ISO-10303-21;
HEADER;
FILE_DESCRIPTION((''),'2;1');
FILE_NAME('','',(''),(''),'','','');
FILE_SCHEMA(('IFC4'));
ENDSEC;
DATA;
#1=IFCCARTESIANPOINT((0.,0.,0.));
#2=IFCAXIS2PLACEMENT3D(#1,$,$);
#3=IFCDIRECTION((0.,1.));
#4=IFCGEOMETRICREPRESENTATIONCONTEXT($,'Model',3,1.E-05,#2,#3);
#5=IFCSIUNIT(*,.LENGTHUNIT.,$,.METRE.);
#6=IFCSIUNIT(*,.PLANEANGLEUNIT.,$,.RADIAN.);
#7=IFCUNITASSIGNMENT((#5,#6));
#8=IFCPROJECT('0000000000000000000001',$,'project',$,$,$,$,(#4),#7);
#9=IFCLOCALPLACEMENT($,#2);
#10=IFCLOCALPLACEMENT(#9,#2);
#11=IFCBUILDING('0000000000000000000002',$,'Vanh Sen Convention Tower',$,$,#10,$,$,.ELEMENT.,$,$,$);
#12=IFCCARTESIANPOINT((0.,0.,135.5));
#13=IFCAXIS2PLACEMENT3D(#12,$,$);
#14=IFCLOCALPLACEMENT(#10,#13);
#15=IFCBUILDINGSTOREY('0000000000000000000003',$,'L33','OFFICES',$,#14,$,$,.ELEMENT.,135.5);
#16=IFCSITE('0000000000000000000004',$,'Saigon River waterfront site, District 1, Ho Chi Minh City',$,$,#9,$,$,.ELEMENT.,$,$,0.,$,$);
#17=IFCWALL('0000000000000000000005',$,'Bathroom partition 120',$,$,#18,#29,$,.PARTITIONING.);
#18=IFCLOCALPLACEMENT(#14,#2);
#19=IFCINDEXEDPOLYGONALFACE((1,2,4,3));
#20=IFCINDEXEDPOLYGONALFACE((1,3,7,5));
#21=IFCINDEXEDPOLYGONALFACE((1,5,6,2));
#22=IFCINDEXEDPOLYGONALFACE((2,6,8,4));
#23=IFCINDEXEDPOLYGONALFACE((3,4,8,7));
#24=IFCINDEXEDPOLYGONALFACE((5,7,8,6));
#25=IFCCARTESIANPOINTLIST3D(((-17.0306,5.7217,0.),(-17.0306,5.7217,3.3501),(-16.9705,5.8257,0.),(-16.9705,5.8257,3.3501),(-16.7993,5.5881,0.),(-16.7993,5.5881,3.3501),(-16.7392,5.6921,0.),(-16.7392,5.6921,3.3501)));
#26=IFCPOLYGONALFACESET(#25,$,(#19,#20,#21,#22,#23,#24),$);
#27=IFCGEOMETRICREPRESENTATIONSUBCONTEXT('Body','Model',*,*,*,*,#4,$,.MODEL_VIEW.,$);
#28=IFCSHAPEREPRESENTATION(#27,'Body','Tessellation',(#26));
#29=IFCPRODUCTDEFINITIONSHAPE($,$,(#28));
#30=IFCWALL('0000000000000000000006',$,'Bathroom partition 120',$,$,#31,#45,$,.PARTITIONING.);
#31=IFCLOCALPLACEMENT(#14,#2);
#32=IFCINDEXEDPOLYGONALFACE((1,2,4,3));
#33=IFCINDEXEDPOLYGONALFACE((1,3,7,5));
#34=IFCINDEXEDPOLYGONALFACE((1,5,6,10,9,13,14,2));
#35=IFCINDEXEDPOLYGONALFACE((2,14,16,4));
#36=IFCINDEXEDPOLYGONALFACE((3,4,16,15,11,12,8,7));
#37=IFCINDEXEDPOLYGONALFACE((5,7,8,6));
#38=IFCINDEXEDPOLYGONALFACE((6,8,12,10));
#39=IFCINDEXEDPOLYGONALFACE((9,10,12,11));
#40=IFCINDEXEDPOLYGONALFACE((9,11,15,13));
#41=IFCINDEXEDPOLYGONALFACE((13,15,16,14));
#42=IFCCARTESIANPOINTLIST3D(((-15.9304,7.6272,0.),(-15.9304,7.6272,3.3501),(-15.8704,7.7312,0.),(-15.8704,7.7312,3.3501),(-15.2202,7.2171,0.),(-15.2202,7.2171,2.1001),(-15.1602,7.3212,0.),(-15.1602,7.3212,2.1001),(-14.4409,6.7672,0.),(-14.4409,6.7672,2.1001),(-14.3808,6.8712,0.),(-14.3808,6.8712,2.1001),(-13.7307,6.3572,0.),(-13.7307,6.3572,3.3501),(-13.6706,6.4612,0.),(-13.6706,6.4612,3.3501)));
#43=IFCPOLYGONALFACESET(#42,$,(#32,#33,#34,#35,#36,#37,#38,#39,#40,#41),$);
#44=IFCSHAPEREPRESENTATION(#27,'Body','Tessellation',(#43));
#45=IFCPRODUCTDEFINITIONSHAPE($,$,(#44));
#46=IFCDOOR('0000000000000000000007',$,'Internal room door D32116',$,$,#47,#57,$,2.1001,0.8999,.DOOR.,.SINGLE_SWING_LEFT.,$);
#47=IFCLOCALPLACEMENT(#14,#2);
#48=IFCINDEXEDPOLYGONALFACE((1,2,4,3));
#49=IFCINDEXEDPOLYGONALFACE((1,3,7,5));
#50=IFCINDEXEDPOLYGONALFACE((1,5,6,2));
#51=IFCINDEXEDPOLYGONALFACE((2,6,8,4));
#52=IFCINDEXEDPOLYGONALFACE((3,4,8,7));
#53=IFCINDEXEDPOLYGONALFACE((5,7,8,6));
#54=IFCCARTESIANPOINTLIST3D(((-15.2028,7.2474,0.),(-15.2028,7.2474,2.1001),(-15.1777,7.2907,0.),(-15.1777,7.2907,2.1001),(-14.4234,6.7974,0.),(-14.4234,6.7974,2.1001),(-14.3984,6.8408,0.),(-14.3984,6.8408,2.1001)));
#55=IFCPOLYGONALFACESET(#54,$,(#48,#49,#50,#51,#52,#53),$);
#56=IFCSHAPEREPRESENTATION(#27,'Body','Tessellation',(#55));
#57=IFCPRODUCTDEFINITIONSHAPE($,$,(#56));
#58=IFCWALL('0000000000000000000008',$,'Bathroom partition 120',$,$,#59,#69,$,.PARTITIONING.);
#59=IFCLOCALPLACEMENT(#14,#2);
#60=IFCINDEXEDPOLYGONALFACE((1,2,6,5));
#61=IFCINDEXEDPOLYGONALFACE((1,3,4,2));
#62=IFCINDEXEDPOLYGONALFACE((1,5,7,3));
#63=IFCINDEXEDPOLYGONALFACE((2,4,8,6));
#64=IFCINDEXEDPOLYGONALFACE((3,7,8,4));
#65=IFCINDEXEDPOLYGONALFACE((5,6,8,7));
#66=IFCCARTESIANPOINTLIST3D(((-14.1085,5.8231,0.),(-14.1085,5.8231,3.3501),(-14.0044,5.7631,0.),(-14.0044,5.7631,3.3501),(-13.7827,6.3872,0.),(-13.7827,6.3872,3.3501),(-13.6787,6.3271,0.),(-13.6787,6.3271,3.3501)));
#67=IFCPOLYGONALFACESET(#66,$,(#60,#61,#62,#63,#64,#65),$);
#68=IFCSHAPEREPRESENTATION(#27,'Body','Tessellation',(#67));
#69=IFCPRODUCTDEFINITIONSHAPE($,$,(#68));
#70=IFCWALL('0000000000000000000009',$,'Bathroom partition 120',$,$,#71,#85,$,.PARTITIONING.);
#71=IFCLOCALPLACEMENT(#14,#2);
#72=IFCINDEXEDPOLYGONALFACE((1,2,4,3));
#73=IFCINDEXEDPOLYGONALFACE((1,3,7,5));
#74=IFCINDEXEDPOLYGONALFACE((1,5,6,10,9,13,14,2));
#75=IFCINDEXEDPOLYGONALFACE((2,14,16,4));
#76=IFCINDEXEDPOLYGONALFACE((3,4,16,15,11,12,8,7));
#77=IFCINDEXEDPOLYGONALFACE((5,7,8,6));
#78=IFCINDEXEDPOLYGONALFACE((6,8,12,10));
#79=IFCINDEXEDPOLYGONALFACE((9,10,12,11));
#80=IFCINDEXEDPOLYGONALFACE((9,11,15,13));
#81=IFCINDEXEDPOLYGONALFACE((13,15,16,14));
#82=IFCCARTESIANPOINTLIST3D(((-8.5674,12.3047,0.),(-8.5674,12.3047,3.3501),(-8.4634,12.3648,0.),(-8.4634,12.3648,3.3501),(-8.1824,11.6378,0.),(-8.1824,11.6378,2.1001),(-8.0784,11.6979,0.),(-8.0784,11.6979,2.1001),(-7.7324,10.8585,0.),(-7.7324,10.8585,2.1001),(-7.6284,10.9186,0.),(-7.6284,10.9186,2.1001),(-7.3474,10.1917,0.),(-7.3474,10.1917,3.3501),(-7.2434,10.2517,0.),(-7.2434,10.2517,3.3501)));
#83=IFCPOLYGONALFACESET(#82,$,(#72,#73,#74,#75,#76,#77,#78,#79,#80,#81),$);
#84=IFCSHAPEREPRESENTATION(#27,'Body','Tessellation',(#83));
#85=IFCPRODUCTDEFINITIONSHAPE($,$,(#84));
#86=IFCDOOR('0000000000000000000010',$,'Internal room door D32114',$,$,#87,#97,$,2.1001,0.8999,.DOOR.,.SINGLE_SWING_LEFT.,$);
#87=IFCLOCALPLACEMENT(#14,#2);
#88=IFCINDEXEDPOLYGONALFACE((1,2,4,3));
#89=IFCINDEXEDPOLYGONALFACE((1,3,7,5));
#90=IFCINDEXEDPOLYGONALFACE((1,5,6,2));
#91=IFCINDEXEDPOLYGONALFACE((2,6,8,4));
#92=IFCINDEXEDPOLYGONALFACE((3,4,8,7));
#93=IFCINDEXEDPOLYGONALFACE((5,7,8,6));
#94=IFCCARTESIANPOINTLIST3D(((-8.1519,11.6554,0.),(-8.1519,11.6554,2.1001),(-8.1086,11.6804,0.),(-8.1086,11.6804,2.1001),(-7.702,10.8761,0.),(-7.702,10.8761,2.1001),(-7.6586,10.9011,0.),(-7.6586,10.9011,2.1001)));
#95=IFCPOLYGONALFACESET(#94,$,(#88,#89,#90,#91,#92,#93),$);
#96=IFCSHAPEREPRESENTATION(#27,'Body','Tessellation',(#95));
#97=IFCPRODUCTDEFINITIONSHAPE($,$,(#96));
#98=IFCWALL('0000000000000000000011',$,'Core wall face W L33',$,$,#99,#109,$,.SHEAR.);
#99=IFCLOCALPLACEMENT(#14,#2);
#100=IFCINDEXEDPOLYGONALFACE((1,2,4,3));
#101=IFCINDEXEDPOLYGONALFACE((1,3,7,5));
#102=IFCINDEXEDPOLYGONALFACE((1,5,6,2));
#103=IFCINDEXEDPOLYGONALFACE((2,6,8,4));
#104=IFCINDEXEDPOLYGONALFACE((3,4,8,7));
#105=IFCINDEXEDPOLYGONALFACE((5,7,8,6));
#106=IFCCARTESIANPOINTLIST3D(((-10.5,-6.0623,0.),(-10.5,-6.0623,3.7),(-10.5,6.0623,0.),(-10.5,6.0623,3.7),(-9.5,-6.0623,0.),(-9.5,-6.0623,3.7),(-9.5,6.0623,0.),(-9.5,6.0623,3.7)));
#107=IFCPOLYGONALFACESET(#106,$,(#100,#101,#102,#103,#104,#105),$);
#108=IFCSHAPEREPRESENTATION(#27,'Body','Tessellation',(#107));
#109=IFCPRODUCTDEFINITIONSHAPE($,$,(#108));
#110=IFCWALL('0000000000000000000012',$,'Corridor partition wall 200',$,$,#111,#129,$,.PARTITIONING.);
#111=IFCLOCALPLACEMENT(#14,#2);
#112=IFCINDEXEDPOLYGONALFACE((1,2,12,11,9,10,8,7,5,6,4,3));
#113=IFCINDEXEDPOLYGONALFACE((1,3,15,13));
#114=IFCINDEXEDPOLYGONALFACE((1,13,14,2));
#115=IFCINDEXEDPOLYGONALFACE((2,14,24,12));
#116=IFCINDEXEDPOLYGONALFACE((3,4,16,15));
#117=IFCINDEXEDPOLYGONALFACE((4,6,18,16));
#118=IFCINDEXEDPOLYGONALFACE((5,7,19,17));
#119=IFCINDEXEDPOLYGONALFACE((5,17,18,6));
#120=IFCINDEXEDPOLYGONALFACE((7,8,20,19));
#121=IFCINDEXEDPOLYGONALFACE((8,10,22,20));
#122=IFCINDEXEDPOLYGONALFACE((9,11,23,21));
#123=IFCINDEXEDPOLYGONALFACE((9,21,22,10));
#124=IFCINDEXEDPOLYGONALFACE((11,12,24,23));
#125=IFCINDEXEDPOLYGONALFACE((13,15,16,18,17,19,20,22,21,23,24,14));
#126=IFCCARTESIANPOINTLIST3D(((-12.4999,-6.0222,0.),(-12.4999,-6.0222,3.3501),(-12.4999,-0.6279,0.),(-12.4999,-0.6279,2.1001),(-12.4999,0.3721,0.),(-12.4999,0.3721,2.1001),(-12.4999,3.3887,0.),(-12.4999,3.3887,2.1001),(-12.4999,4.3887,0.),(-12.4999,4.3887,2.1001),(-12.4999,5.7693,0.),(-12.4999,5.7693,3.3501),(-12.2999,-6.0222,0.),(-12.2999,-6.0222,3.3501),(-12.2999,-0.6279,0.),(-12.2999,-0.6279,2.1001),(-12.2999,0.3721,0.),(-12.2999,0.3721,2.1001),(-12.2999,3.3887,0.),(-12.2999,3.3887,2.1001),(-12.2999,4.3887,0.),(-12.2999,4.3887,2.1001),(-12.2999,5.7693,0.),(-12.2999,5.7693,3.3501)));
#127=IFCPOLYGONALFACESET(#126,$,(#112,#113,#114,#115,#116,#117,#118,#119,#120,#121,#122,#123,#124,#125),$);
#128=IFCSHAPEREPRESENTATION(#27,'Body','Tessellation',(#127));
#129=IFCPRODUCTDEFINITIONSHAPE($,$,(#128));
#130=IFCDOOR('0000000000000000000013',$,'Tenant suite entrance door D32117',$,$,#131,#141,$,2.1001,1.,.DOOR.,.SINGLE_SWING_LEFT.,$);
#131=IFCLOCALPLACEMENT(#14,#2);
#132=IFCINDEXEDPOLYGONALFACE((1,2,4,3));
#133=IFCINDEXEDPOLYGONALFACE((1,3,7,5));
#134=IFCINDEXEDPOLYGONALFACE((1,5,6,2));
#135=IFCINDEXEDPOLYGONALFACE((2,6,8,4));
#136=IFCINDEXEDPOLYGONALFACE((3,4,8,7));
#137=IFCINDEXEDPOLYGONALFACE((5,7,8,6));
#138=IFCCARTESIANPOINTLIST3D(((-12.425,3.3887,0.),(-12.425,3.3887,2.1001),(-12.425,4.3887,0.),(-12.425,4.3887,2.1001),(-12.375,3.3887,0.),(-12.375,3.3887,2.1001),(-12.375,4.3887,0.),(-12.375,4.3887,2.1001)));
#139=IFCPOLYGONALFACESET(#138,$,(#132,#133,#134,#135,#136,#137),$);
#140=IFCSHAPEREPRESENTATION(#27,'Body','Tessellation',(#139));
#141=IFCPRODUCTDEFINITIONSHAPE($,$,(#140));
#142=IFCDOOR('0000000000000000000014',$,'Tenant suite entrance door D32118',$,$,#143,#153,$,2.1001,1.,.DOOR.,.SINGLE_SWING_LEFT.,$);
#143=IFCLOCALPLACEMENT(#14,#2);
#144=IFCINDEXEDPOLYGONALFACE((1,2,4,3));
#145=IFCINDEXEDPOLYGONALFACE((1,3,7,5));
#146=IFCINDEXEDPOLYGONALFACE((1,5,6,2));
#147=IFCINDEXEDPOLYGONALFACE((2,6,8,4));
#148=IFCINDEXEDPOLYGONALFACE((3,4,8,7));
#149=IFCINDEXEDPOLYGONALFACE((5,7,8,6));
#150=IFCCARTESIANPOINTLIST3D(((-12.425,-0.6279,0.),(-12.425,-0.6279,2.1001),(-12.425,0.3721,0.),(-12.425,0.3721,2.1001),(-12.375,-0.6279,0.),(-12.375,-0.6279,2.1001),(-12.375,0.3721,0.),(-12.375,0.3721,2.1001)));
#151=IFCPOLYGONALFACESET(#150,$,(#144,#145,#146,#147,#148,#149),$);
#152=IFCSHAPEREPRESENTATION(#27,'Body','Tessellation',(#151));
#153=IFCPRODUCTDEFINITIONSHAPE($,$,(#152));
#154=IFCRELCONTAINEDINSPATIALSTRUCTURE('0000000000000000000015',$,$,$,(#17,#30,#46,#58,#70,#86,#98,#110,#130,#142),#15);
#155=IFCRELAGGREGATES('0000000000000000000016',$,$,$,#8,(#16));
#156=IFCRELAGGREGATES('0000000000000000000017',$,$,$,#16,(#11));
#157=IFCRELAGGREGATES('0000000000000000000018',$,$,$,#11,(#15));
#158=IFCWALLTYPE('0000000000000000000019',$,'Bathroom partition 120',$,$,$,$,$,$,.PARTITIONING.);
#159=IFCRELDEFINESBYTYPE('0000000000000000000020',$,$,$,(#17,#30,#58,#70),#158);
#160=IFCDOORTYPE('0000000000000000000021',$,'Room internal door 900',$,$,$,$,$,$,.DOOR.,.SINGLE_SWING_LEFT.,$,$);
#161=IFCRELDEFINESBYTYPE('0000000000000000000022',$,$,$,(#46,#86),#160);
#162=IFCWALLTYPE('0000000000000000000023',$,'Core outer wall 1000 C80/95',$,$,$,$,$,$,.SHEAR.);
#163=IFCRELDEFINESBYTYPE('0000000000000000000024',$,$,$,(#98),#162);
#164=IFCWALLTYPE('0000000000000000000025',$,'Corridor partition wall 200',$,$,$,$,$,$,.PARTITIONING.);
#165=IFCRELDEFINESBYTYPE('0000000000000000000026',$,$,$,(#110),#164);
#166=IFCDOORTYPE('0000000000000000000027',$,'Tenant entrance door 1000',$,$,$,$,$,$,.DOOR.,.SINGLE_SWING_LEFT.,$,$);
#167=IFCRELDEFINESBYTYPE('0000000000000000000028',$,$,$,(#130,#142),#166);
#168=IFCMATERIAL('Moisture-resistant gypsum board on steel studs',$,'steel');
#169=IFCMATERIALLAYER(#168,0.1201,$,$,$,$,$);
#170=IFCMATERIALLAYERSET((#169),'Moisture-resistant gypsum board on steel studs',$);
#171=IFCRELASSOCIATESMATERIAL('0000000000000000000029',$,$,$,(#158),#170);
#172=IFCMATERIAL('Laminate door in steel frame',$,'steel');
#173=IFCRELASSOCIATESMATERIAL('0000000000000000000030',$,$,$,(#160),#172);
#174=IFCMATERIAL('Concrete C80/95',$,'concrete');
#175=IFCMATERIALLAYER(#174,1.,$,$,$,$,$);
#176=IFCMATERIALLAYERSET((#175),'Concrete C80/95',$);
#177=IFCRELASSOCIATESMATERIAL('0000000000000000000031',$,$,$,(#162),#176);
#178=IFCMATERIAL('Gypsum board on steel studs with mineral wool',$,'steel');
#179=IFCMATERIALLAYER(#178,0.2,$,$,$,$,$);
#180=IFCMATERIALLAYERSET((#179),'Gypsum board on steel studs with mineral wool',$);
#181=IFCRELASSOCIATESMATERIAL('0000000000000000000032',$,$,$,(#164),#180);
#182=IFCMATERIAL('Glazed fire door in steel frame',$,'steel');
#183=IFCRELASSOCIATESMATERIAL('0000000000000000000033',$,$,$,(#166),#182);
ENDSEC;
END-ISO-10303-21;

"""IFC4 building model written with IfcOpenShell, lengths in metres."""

from ifc_helpers import new_model, si_unit, direction, frame, frame_2d, origin, place, context, subcontext, project, spatial, rectangle, extrude, material, layer, layer_set, type_object, element, fill, save


model = new_model("IFC4")

# Units and contexts
model_context = context("Model", 3, precision=1e-05, world=origin(), true_north=direction((0.0, 1.0)))
body_context = subcontext(model_context, "Body", "Model", "MODEL_VIEW")
ifc_project = project(units=[si_unit("LENGTHUNIT", "METRE"), si_unit("PLANEANGLEUNIT", "RADIAN")], contexts=[model_context])

# Site, building, storey
site_placement = place(None, origin())
site = spatial("IfcSite", under=ifc_project, at=site_placement, Name="Saigon River waterfront site, District 1, Ho Chi Minh City", CompositionType="ELEMENT", RefElevation=0.0)
building_placement = place(site_placement, origin())
building = spatial("IfcBuilding", under=site, at=building_placement, Name="Vanh Sen Convention Tower", CompositionType="ELEMENT")
storey_placement = place(building_placement, frame((0.0, 0.0, 135.5)))
storey = spatial("IfcBuildingStorey", under=building, at=storey_placement, Name="L33", Description="OFFICES", CompositionType="ELEMENT", Elevation=135.5)

# Wall
ifc_material_1 = material(Name="Moisture-resistant gypsum board on steel studs", Category="steel")
ifc_layer_1 = layer(ifc_material_1, 0.1201)
ifc_layer_set_1 = layer_set([ifc_layer_1], Name="Moisture-resistant gypsum board on steel studs")
wall_type_1 = type_object("IfcWallType", Name="Bathroom partition 120", PredefinedType="PARTITIONING", material=ifc_layer_set_1)
wall_1_placement = place(storey_placement, frame((-16.7693, 5.6401, 0.0), z_axis=(0.0, 0.0, 1.0), x_axis=(-0.865927, 0.500171, 0.0)))
element("IfcWall", 1, at=wall_1_placement, inside=storey, type_object=wall_type_1, Name="Bathroom partition 120", PredefinedType="PARTITIONING", context=body_context, shape_type="SweptSolid", body=[
    extrude(rectangle(XDim=0.2671, YDim=0.1201, at=frame_2d((0.1335, 0.0))), origin(), (0.0, 0.0, 1.0), 3.3501),
])

# Wall, opening, door
wall_2_placement = place(storey_placement, frame((-15.9004, 7.6792, 0.0), z_axis=(0.0, 0.0, 1.0), x_axis=(0.866022, -0.500005, 0.0)))
wall_2 = element("IfcWall", 2, at=wall_2_placement, inside=storey, type_object=wall_type_1, Name="Bathroom partition 120", PredefinedType="PARTITIONING", context=body_context, shape_type="SweptSolid", body=[
    extrude(rectangle(XDim=2.54, YDim=0.1201, at=frame_2d((1.27, 0.0))), origin(), (0.0, 0.0, 1.0), 3.3501),
])
opening_1_placement = place(wall_2_placement, frame((0.8201, 0.0, 0.0)))
opening_1 = element("IfcOpeningElement", 3, at=opening_1_placement, cuts=wall_2, PredefinedType="OPENING", context=body_context, shape_type="SweptSolid", body=[
    extrude(rectangle(XDim=0.8999, YDim=2.1001, at=frame_2d((0.45, 1.05))), frame((0.0, 0.0701, 0.0), z_axis=(0.0, -1.0, 0.0), x_axis=(1.0, 0.0, 0.0)), (0.0, 0.0, 1.0), 0.1401),
])
ifc_material_2 = material(Name="Laminate door in steel frame", Category="steel")
door_type_1 = type_object("IfcDoorType", Name="Room internal door 900", OperationType="SINGLE_SWING_LEFT", PredefinedType="DOOR", material=ifc_material_2)
door_1_placement = place(opening_1_placement, origin())
door_1 = element("IfcDoor", 4, at=door_1_placement, inside=storey, type_object=door_type_1, Name="Internal room door D32116", OperationType="SINGLE_SWING_LEFT", OverallHeight=2.1001, OverallWidth=0.8999, PredefinedType="DOOR", context=body_context, shape_type="SweptSolid", body=[
    extrude(rectangle(XDim=0.8999, YDim=2.1001, at=frame_2d((0.45, 1.05))), frame((0.0, 0.0249, 0.0), z_axis=(0.0, -1.0, 0.0), x_axis=(1.0, 0.0, 0.0)), (0.0, 0.0, 1.0), 0.05),
])
fill(opening_1, door_1)

# Wall
wall_3_placement = place(storey_placement, frame((-13.7307, 6.3572, 0.0), z_axis=(0.0, 0.0, 1.0), x_axis=(-0.50009, -0.865973, 0.0)))
element("IfcWall", 5, at=wall_3_placement, inside=storey, type_object=wall_type_1, Name="Bathroom partition 120", PredefinedType="PARTITIONING", context=body_context, shape_type="SweptSolid", body=[
    extrude(rectangle(XDim=0.6514, YDim=0.1201, at=frame_2d((0.3257, 0.0))), origin(), (0.0, 0.0, 1.0), 3.3501),
])

# Wall, opening, door
wall_4_placement = place(storey_placement, frame((-7.2954, 10.2217, 0.0), z_axis=(0.0, 0.0, 1.0), x_axis=(-0.500003, 0.866024, 0.0)))
wall_4 = element("IfcWall", 6, at=wall_4_placement, inside=storey, type_object=wall_type_1, Name="Bathroom partition 120", PredefinedType="PARTITIONING", context=body_context, shape_type="SweptSolid", body=[
    extrude(rectangle(XDim=2.4399, YDim=0.1201, at=frame_2d((1.22, 0.0))), origin(), (0.0, 0.0, 1.0), 3.3501),
])
opening_2_placement = place(wall_4_placement, frame((0.77, 0.0, 0.0)))
opening_2 = element("IfcOpeningElement", 7, at=opening_2_placement, cuts=wall_4, PredefinedType="OPENING", context=body_context, shape_type="SweptSolid", body=[
    extrude(rectangle(XDim=0.8999, YDim=2.1001, at=frame_2d((0.45, 1.05))), frame((0.0, 0.0701, 0.0), z_axis=(0.0, -1.0, 0.0), x_axis=(1.0, 0.0, 0.0)), (0.0, 0.0, 1.0), 0.1401),
])
door_2_placement = place(opening_2_placement, origin())
door_2 = element("IfcDoor", 8, at=door_2_placement, inside=storey, type_object=door_type_1, Name="Internal room door D32114", OperationType="SINGLE_SWING_LEFT", OverallHeight=2.1001, OverallWidth=0.8999, PredefinedType="DOOR", context=body_context, shape_type="SweptSolid", body=[
    extrude(rectangle(XDim=0.8999, YDim=2.1001, at=frame_2d((0.45, 1.05))), frame((0.0, 0.0249, 0.0), z_axis=(0.0, -1.0, 0.0), x_axis=(1.0, 0.0, 0.0)), (0.0, 0.0, 1.0), 0.05),
])
fill(opening_2, door_2)

# Wall
ifc_material_3 = material(Name="Concrete C80/95", Category="concrete")
ifc_layer_2 = layer(ifc_material_3, 1.0)
ifc_layer_set_2 = layer_set([ifc_layer_2], Name="Concrete C80/95")
wall_type_2 = type_object("IfcWallType", Name="Core outer wall 1000 C80/95", PredefinedType="SHEAR", material=ifc_layer_set_2)
wall_5_placement = place(storey_placement, frame((-10.0, 6.0623, 0.0), z_axis=(0.0, 0.0, 1.0), x_axis=(0.0, -1.0, 0.0)))
element("IfcWall", 9, at=wall_5_placement, inside=storey, type_object=wall_type_2, Name="Core wall face W L33", PredefinedType="SHEAR", context=body_context, shape_type="SweptSolid", body=[
    extrude(rectangle(XDim=12.1245, YDim=1.0, at=frame_2d((6.0623, 0.0))), origin(), (0.0, 0.0, 1.0), 3.7),
])

# Wall, openings, doors
ifc_material_4 = material(Name="Gypsum board on steel studs with mineral wool", Category="steel")
ifc_layer_3 = layer(ifc_material_4, 0.2)
ifc_layer_set_3 = layer_set([ifc_layer_3], Name="Gypsum board on steel studs with mineral wool")
wall_type_3 = type_object("IfcWallType", Name="Corridor partition wall 200", PredefinedType="PARTITIONING", material=ifc_layer_set_3)
wall_6_placement = place(storey_placement, frame((-12.3999, 5.7693, 0.0), z_axis=(0.0, 0.0, 1.0), x_axis=(0.0, -1.0, 0.0)))
wall_6 = element("IfcWall", 10, at=wall_6_placement, inside=storey, type_object=wall_type_3, Name="Corridor partition wall 200", PredefinedType="PARTITIONING", context=body_context, shape_type="SweptSolid", body=[
    extrude(rectangle(XDim=11.7915, YDim=0.2, at=frame_2d((5.8958, 0.0))), origin(), (0.0, 0.0, 1.0), 3.3501),
])
opening_3_placement = place(wall_6_placement, frame((1.3806, 0.0, 0.0)))
opening_3 = element("IfcOpeningElement", 11, at=opening_3_placement, cuts=wall_6, PredefinedType="OPENING", context=body_context, shape_type="SweptSolid", body=[
    extrude(rectangle(XDim=1.0, YDim=2.1001, at=frame_2d((0.5, 1.05))), frame((0.0, 0.1099, 0.0), z_axis=(0.0, -1.0, 0.0), x_axis=(1.0, 0.0, 0.0)), (0.0, 0.0, 1.0), 0.22),
])
opening_4_placement = place(wall_6_placement, frame((5.3972, 0.0, 0.0)))
opening_4 = element("IfcOpeningElement", 12, at=opening_4_placement, cuts=wall_6, PredefinedType="OPENING", context=body_context, shape_type="SweptSolid", body=[
    extrude(rectangle(XDim=1.0, YDim=2.1001, at=frame_2d((0.5, 1.05))), frame((0.0, 0.1099, 0.0), z_axis=(0.0, -1.0, 0.0), x_axis=(1.0, 0.0, 0.0)), (0.0, 0.0, 1.0), 0.22),
])
ifc_material_5 = material(Name="Glazed fire door in steel frame", Category="steel")
door_type_2 = type_object("IfcDoorType", Name="Tenant entrance door 1000", OperationType="SINGLE_SWING_LEFT", PredefinedType="DOOR", material=ifc_material_5)
door_3_placement = place(opening_3_placement, origin())
door_3 = element("IfcDoor", 13, at=door_3_placement, inside=storey, type_object=door_type_2, Name="Tenant suite entrance door D32117", OperationType="SINGLE_SWING_LEFT", OverallHeight=2.1001, OverallWidth=1.0, PredefinedType="DOOR", context=body_context, shape_type="SweptSolid", body=[
    extrude(rectangle(XDim=1.0, YDim=2.1001, at=frame_2d((0.5, 1.05))), frame((0.0, 0.0249, 0.0), z_axis=(0.0, -1.0, 0.0), x_axis=(1.0, 0.0, 0.0)), (0.0, 0.0, 1.0), 0.05),
])
fill(opening_3, door_3)
door_4_placement = place(opening_4_placement, origin())
door_4 = element("IfcDoor", 14, at=door_4_placement, inside=storey, type_object=door_type_2, Name="Tenant suite entrance door D32118", OperationType="SINGLE_SWING_LEFT", OverallHeight=2.1001, OverallWidth=1.0, PredefinedType="DOOR", context=body_context, shape_type="SweptSolid", body=[
    extrude(rectangle(XDim=1.0, YDim=2.1001, at=frame_2d((0.5, 1.05))), frame((0.0, 0.0249, 0.0), z_axis=(0.0, -1.0, 0.0), x_axis=(1.0, 0.0, 0.0)), (0.0, 0.0, 1.0), 0.05),
])
fill(opening_4, door_4)

save(model, "model.ifc")
